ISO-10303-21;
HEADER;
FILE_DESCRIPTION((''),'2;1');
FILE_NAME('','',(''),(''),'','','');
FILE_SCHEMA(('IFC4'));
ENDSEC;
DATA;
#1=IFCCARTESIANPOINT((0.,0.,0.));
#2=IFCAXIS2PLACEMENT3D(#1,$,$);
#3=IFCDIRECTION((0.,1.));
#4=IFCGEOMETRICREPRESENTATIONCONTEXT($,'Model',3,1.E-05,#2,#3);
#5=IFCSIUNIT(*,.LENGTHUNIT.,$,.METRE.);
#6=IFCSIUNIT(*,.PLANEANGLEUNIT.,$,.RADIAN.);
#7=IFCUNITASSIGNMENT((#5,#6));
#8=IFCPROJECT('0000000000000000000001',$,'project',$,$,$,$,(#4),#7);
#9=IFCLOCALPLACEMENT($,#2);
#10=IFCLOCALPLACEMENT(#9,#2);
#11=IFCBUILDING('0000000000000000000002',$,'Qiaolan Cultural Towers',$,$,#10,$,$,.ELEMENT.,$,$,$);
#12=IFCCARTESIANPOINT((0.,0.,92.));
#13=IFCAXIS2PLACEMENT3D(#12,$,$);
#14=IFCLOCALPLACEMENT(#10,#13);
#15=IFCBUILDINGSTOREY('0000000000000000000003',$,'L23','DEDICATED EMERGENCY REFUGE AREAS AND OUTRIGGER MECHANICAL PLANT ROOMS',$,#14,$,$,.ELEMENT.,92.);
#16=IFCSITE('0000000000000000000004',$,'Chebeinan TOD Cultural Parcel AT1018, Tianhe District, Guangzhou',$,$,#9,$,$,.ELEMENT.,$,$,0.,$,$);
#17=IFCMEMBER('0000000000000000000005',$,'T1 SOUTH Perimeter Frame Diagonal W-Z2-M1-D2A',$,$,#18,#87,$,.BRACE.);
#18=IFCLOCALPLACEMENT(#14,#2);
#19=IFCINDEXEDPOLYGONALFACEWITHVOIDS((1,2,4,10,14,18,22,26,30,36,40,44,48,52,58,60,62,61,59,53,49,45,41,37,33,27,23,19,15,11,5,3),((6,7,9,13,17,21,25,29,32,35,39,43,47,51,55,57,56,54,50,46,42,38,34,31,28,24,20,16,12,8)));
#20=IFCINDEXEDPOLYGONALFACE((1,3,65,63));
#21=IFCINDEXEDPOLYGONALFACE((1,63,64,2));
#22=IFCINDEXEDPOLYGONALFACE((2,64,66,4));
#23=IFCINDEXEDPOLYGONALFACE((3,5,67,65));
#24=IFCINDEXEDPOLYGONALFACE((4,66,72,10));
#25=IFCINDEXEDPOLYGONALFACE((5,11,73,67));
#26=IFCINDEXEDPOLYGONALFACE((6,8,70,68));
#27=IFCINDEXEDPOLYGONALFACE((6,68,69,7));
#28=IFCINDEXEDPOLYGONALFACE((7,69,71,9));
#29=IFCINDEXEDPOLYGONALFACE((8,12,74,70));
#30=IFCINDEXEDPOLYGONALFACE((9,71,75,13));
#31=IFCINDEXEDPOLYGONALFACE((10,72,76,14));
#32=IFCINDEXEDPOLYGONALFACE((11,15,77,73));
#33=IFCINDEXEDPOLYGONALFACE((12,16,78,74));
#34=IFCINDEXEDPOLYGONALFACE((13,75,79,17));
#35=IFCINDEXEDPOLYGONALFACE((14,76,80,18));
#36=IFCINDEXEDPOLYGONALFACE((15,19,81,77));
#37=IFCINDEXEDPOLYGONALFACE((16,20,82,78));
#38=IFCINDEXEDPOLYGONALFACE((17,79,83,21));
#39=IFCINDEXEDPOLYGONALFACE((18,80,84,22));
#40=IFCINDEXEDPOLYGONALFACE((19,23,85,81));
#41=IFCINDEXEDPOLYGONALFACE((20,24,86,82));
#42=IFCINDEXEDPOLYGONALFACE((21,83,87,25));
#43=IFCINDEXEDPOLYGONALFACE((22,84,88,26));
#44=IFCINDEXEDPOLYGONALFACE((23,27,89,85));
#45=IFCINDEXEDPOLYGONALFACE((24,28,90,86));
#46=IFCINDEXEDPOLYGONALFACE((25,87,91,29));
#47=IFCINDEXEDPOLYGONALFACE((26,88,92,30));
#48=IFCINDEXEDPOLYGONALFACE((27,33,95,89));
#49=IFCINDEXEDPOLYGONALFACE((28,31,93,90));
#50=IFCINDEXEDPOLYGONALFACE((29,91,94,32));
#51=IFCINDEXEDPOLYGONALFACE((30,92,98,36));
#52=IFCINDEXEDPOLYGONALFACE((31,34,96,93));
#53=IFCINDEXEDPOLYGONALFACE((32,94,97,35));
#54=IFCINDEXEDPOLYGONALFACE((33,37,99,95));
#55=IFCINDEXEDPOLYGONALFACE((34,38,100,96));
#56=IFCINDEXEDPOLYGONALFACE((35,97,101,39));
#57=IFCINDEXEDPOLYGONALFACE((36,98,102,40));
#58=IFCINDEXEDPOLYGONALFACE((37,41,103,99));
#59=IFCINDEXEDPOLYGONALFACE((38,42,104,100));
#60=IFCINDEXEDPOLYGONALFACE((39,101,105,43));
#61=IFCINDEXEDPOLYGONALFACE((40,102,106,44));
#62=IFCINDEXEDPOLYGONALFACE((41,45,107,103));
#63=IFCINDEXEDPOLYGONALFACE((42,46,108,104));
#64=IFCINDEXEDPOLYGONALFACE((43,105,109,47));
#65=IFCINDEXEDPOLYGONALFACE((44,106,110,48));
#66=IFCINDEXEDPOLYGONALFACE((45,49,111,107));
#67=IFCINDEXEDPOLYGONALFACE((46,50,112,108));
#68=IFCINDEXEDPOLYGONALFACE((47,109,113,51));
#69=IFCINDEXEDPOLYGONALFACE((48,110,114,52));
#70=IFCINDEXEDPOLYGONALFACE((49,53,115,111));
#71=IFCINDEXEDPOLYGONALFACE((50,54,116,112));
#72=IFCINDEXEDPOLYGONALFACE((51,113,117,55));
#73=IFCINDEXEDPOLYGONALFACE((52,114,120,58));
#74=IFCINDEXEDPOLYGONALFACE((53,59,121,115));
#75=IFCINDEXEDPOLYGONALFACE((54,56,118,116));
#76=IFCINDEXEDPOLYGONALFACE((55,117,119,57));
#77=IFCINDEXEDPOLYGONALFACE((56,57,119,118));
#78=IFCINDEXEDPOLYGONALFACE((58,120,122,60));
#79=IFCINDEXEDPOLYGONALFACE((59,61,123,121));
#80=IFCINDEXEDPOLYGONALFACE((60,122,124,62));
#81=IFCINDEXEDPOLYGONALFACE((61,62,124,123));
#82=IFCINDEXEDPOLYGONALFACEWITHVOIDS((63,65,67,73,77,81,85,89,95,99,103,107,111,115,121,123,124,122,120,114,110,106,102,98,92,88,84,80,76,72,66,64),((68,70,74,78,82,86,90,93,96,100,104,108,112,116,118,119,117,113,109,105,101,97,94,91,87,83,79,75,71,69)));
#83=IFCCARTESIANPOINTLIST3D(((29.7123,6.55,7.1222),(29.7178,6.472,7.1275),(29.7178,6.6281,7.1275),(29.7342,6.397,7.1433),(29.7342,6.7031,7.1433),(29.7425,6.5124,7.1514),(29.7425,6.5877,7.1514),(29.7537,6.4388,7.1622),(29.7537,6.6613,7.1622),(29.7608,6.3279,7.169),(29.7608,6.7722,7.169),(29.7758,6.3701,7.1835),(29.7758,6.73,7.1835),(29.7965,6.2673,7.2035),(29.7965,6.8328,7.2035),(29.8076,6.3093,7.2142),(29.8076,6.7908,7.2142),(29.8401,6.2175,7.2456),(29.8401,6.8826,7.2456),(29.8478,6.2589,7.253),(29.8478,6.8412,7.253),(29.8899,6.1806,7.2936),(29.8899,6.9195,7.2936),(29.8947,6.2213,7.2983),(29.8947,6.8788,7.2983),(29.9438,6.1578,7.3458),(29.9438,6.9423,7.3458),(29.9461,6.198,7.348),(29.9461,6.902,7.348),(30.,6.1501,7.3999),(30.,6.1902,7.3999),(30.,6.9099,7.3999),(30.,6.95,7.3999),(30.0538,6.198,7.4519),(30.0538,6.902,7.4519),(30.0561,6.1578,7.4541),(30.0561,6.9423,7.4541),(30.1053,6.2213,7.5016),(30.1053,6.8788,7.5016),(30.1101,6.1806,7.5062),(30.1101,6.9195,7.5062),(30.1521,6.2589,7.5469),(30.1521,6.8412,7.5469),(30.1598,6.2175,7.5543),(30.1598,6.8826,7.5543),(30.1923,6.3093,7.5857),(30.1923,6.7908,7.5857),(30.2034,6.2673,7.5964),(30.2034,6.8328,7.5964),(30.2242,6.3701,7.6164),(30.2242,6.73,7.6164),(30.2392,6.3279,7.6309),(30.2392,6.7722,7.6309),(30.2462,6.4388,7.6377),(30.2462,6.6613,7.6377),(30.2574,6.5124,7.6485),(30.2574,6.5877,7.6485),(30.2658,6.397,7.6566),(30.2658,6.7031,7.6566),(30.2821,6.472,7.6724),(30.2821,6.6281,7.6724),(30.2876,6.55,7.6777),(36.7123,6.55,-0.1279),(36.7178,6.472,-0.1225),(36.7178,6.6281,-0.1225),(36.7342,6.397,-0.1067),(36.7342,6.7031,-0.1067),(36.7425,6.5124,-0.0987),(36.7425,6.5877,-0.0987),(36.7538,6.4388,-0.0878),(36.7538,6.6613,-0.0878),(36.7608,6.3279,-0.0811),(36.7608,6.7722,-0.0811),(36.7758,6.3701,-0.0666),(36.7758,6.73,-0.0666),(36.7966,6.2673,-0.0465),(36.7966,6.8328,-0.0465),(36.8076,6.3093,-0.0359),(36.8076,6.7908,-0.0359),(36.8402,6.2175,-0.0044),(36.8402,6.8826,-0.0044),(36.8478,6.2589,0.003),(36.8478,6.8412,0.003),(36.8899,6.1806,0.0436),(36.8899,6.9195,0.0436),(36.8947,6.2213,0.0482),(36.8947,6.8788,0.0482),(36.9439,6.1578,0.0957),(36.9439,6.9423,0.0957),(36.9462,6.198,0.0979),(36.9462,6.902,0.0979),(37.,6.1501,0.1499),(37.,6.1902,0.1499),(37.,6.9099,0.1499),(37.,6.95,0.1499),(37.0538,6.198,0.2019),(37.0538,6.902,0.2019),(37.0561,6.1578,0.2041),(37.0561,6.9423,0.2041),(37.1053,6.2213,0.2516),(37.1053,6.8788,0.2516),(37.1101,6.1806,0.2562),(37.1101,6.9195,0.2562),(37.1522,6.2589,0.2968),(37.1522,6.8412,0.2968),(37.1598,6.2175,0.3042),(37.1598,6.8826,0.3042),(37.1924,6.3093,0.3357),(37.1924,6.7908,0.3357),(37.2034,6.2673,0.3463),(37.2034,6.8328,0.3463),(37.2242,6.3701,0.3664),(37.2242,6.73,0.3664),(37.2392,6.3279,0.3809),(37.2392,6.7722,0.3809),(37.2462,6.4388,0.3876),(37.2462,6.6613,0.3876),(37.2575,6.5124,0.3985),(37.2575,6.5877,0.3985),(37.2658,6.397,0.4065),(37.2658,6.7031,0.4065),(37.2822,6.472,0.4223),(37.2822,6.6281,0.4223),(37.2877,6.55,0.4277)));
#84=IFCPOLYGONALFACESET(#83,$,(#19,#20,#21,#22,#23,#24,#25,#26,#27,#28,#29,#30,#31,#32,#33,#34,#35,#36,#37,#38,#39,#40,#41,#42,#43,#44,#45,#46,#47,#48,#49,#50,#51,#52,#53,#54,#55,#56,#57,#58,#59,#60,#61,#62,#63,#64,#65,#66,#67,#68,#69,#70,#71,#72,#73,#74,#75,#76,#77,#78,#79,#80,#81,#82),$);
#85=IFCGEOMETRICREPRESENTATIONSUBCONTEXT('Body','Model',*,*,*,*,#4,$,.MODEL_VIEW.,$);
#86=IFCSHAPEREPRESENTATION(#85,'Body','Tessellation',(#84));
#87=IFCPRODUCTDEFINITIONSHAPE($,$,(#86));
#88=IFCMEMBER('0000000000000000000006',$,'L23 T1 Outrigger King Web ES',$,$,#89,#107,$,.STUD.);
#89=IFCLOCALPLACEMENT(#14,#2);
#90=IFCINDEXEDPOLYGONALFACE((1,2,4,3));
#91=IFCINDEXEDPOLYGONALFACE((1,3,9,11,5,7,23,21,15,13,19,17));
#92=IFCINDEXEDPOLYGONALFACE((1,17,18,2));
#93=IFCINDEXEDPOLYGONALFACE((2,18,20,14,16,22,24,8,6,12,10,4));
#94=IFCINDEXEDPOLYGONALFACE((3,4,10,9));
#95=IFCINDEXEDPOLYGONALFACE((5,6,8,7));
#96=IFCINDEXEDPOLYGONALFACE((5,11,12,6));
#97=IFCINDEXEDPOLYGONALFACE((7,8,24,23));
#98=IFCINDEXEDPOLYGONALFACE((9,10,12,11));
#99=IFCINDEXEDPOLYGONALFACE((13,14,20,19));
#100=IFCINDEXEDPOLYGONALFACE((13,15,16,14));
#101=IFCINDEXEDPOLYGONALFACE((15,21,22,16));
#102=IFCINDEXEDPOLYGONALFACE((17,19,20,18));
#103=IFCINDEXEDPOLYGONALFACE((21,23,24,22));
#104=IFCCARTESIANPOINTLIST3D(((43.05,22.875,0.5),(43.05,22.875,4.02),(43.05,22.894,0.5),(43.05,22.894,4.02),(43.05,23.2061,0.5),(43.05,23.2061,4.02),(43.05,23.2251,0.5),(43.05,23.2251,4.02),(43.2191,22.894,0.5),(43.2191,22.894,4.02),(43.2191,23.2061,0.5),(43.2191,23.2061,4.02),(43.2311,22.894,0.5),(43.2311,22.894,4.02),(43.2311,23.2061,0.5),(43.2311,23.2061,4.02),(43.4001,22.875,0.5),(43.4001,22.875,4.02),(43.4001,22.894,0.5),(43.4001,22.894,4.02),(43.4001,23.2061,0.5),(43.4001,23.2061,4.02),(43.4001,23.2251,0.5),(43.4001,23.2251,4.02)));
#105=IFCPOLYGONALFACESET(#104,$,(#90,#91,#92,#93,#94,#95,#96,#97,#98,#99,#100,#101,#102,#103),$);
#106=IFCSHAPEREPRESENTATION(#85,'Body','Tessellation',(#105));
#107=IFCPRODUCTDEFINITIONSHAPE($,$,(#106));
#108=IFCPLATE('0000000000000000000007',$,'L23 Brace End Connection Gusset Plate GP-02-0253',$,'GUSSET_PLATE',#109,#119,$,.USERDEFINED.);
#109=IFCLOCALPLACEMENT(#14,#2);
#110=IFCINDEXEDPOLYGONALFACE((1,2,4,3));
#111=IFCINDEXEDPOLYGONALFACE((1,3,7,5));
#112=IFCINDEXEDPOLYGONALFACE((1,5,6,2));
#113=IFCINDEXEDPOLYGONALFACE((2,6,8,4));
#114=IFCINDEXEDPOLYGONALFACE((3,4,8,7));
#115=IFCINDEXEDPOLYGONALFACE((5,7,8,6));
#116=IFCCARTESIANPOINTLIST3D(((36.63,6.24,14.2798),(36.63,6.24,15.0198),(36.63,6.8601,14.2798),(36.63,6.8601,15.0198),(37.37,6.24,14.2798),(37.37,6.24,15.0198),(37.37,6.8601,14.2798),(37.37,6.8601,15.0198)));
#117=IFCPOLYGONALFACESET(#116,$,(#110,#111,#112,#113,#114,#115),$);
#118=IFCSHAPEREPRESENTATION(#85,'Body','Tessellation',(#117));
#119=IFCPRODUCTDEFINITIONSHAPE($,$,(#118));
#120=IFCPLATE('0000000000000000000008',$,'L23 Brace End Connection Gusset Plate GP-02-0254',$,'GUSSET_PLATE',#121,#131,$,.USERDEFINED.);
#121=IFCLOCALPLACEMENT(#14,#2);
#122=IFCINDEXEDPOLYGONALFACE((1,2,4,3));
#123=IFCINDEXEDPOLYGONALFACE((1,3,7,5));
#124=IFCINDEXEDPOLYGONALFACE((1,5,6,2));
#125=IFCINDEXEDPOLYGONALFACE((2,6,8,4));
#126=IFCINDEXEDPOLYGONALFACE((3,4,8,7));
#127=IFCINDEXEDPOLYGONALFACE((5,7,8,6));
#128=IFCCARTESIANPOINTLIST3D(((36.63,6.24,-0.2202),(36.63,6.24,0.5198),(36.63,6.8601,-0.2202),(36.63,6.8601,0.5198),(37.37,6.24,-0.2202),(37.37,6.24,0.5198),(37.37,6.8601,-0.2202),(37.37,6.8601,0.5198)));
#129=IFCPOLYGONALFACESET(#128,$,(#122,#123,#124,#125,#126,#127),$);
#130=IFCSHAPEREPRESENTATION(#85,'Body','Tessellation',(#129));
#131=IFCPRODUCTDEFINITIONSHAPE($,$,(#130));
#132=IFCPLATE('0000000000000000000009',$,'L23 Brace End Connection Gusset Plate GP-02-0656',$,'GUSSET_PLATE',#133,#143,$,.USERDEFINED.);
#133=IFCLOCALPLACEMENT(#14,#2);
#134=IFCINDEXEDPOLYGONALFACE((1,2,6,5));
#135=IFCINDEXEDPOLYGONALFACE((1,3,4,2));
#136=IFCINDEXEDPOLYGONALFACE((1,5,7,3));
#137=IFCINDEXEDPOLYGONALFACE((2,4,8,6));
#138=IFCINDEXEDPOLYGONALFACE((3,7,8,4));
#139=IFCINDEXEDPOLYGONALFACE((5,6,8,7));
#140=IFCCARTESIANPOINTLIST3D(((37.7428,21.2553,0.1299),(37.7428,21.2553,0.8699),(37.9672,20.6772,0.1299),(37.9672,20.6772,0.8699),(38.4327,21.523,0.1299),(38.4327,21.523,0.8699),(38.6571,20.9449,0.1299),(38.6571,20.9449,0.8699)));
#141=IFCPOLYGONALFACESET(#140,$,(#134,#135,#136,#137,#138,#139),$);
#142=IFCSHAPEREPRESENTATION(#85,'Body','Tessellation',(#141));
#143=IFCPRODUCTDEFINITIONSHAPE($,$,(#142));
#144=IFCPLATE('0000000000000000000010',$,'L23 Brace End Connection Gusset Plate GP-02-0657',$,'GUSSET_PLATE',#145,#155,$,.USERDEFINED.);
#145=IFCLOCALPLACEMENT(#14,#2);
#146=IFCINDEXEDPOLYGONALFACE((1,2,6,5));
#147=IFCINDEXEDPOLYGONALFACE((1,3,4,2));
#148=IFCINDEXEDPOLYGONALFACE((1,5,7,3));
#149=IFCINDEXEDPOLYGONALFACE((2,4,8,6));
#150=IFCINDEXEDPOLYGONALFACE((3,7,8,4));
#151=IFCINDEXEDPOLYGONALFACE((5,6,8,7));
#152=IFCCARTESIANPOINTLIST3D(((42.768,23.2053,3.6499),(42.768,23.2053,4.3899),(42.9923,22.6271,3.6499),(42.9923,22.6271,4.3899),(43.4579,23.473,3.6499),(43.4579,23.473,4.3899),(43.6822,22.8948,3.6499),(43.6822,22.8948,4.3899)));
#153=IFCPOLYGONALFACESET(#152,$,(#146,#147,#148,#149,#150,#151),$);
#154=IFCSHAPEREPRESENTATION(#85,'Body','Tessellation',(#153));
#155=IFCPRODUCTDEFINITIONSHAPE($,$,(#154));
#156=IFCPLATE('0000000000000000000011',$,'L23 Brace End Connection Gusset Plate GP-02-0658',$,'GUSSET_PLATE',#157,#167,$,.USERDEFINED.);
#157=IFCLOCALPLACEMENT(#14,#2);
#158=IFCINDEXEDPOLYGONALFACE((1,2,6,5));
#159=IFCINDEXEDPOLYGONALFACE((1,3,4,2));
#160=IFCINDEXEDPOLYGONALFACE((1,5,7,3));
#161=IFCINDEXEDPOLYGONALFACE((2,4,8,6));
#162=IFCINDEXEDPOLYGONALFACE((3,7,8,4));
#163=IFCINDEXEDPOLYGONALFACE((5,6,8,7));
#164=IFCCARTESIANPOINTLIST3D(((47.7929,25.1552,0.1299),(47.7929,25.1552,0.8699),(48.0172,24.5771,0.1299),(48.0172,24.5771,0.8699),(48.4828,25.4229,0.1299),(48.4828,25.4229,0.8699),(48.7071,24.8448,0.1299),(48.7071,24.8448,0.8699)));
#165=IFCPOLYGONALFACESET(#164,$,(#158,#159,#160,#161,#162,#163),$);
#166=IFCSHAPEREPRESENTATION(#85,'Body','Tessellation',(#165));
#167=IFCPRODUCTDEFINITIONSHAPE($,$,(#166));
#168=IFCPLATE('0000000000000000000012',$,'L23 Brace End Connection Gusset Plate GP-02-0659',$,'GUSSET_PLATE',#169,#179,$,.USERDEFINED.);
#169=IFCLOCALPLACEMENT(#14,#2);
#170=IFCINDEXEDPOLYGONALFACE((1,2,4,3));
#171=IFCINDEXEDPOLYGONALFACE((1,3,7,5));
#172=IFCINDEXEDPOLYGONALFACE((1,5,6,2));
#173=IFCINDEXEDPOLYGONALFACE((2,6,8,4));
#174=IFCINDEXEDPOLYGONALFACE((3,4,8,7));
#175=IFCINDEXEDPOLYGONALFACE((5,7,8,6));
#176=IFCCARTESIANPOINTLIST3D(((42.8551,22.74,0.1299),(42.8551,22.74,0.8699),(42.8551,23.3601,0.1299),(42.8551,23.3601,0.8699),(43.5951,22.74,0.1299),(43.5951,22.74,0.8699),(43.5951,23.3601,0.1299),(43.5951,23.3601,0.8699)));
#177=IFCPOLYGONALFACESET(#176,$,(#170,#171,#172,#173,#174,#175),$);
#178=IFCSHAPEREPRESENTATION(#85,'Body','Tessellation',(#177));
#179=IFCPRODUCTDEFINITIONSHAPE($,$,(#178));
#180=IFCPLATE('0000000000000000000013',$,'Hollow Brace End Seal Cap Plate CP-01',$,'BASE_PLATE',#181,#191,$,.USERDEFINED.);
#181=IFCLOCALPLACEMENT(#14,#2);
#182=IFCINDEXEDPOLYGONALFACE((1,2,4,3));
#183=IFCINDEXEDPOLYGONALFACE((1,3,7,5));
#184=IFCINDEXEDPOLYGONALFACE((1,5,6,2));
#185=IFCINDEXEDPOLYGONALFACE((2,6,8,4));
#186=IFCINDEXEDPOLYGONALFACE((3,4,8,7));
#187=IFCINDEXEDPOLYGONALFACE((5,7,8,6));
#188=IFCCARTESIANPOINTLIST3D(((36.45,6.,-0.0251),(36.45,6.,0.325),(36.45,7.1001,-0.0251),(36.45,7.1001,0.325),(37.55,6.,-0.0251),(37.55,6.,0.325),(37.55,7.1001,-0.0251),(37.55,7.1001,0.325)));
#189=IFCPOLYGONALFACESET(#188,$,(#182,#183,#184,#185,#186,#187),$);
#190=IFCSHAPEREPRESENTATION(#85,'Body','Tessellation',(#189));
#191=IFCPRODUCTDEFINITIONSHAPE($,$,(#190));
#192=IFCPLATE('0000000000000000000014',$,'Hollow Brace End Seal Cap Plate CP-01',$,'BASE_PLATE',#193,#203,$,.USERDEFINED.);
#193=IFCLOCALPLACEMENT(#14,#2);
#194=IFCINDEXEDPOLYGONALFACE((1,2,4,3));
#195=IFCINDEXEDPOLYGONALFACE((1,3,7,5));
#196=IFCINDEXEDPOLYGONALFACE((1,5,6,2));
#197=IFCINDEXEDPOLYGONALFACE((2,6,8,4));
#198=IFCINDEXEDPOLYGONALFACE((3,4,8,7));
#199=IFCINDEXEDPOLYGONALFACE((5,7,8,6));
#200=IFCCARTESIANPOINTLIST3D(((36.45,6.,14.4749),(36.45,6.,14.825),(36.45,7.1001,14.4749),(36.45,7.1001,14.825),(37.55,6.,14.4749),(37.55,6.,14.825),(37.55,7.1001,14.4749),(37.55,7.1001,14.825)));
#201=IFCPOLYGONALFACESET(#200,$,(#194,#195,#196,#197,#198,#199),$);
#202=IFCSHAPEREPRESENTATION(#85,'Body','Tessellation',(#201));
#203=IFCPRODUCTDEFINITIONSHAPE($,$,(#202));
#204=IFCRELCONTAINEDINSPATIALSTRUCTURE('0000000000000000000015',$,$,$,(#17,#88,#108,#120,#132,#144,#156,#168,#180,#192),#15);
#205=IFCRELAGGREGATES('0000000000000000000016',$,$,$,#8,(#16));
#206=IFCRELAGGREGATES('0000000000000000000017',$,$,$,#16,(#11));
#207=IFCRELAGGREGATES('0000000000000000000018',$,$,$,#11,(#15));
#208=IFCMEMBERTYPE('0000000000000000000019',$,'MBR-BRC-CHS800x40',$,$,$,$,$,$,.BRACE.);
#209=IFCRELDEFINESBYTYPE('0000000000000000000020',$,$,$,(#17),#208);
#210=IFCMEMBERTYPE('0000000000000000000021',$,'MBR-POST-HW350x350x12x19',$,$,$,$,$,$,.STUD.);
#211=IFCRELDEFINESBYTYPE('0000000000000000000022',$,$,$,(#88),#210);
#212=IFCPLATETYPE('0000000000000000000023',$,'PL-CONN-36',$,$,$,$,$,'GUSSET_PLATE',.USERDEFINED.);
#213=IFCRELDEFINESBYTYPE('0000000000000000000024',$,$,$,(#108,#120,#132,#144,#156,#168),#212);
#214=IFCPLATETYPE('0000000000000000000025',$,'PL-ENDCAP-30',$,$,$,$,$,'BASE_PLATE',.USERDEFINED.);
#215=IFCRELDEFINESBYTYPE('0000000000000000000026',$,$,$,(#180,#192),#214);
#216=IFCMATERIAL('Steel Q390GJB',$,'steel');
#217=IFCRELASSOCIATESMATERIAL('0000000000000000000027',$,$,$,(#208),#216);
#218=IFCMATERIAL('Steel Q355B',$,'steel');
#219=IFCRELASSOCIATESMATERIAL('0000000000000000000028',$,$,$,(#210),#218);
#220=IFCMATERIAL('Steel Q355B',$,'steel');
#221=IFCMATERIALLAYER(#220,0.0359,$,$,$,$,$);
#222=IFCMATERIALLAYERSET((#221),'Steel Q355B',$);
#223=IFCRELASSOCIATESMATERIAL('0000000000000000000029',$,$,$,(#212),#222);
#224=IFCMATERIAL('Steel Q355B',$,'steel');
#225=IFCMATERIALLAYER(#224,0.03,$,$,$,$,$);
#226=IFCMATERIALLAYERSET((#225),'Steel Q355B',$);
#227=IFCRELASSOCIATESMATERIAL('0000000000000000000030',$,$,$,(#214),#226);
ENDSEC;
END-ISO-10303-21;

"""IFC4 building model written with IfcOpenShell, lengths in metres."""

from ifc_helpers import new_model, si_unit, direction, frame, origin, origin_2d, place, context, subcontext, project, spatial, rectangle, hollow_circle, i_section, extrude, material, layer, layer_set, material_profile, profile_set, type_object, element, save


model = new_model("IFC4")

# Units and contexts
model_context = context("Model", 3, precision=1e-05, world=origin(), true_north=direction((0.0, 1.0)))
body_context = subcontext(model_context, "Body", "Model", "MODEL_VIEW")
ifc_project = project(units=[si_unit("LENGTHUNIT", "METRE"), si_unit("PLANEANGLEUNIT", "RADIAN")], contexts=[model_context])

# Site, building, storey
site_placement = place(None, origin())
site = spatial("IfcSite", under=ifc_project, at=site_placement, Name="Chebeinan TOD Cultural Parcel AT1018, Tianhe District, Guangzhou", CompositionType="ELEMENT", RefElevation=0.0)
building_placement = place(site_placement, origin())
building = spatial("IfcBuilding", under=site, at=building_placement, Name="Qiaolan Cultural Towers", CompositionType="ELEMENT")
storey_placement = place(building_placement, frame((0.0, 0.0, 92.0)))
storey = spatial("IfcBuildingStorey", under=building, at=storey_placement, Name="L23", Description="DEDICATED EMERGENCY REFUGE AREAS AND OUTRIGGER MECHANICAL PLANT ROOMS", CompositionType="ELEMENT", Elevation=92.0)

# Members
ifc_material_1 = material(Name="Steel Q390GJB", Category="steel")
ifc_material_profile_1 = material_profile(ifc_material_1, hollow_circle(Radius=0.3999, WallThickness=0.04, at=origin_2d()), Name="CHS800x40")
ifc_profile_set_1 = profile_set([ifc_material_profile_1], Name="Steel Q390GJB")
member_type_1 = type_object("IfcMemberType", Name="MBR-BRC-CHS800x40", PredefinedType="BRACE", material=ifc_profile_set_1)
member_1_placement = place(storey_placement, frame((37.0, 6.55, 0.1499), z_axis=(-0.694595, 0.0, 0.719401), x_axis=(0.0, -1.0, 0.0)))
element("IfcMember", 1, at=member_1_placement, inside=storey, type_object=member_type_1, Name="T1 SOUTH Perimeter Frame Diagonal W-Z2-M1-D2A", PredefinedType="BRACE", context=body_context, shape_type="SweptSolid", body=[
    extrude(hollow_circle(Radius=0.3999, WallThickness=0.04, at=origin_2d()), origin(), (0.0, 0.0, 1.0), 10.0779),
])
ifc_material_2 = material(Name="Steel Q355B", Category="steel")
ifc_material_profile_2 = material_profile(ifc_material_2, i_section(OverallWidth=0.3501, OverallDepth=0.3501, WebThickness=0.012, FlangeThickness=0.019, at=origin_2d()), Name="HW350x350x12x19")
ifc_profile_set_2 = profile_set([ifc_material_profile_2], Name="Steel Q355B")
member_type_2 = type_object("IfcMemberType", Name="MBR-POST-HW350x350x12x19", PredefinedType="STUD", material=ifc_profile_set_2)
member_2_placement = place(storey_placement, frame((43.2251, 23.05, 0.5), z_axis=(0.0, 0.0, 1.0), x_axis=(1.0, 0.0, 0.0)))
element("IfcMember", 2, at=member_2_placement, inside=storey, type_object=member_type_2, Name="L23 T1 Outrigger King Web ES", PredefinedType="STUD", context=body_context, shape_type="SweptSolid", body=[
    extrude(i_section(OverallWidth=0.3501, OverallDepth=0.3501, WebThickness=0.012, FlangeThickness=0.019, at=origin_2d()), origin(), (0.0, 0.0, 1.0), 3.52),
])

# Plates
ifc_material_3 = material(Name="Steel Q355B", Category="steel")
ifc_layer_1 = layer(ifc_material_3, 0.0359)
ifc_layer_set_1 = layer_set([ifc_layer_1], Name="Steel Q355B")
plate_type_1 = type_object("IfcPlateType", Name="PL-CONN-36", ElementType="GUSSET_PLATE", PredefinedType="USERDEFINED", material=ifc_layer_set_1)
for number, where, z_axis, x_axis, name in (
    (3, (37.0, 6.55, 14.2798), (0.0, 0.0, 1.0), (1.0, 0.0, 0.0), "L23 Brace End Connection Gusset Plate GP-02-0253"),
    (4, (37.0, 6.55, -0.2202), (0.0, 0.0, 1.0), (1.0, 0.0, 0.0), "L23 Brace End Connection Gusset Plate GP-02-0254"),
    (5, (38.2, 21.1001, 0.1299), (0.0, 0.0, 1.0), (0.932266, 0.361775, 0.0), "L23 Brace End Connection Gusset Plate GP-02-0656"),
    (6, (43.2251, 23.05, 3.6499), (0.0, 0.0, 1.0), (0.932266, 0.361775, 0.0), "L23 Brace End Connection Gusset Plate GP-02-0657"),
    (7, (48.25, 25.0, 0.1299), (0.0, 0.0, 1.0), (0.932266, 0.361775, 0.0), "L23 Brace End Connection Gusset Plate GP-02-0658"),
    (8, (43.2251, 23.05, 0.1299), (0.0, 0.0, 1.0), (1.0, 0.0, 0.0), "L23 Brace End Connection Gusset Plate GP-02-0659"),
):
    element("IfcPlate", number, at=place(storey_placement, frame(where, z_axis=z_axis, x_axis=x_axis)), inside=storey, type_object=plate_type_1, Name=name, ObjectType="GUSSET_PLATE", PredefinedType="USERDEFINED", context=body_context, shape_type="SweptSolid", body=[
        extrude(rectangle(XDim=0.74, YDim=0.6201, at=origin_2d()), origin(), (0.0, 0.0, 1.0), 0.74),
    ])
ifc_material_4 = material(Name="Steel Q355B", Category="steel")
ifc_layer_2 = layer(ifc_material_4, 0.03)
ifc_layer_set_2 = layer_set([ifc_layer_2], Name="Steel Q355B")
plate_type_2 = type_object("IfcPlateType", Name="PL-ENDCAP-30", ElementType="BASE_PLATE", PredefinedType="USERDEFINED", material=ifc_layer_set_2)
for number, where, z_axis, x_axis, name in (
    (9, (37.0, 6.55, -0.0251), (0.0, 0.0, 1.0), (1.0, 0.0, 0.0), "Hollow Brace End Seal Cap Plate CP-01"),
    (10, (37.0, 6.55, 14.4749), (0.0, 0.0, 1.0), (1.0, 0.0, 0.0), "Hollow Brace End Seal Cap Plate CP-01"),
):
    element("IfcPlate", number, at=place(storey_placement, frame(where, z_axis=z_axis, x_axis=x_axis)), inside=storey, type_object=plate_type_2, Name=name, ObjectType="BASE_PLATE", PredefinedType="USERDEFINED", context=body_context, shape_type="SweptSolid", body=[
        extrude(rectangle(XDim=1.1001, YDim=1.1001, at=origin_2d()), origin(), (0.0, 0.0, 1.0), 0.3501),
    ])

save(model, "model.ifc")
